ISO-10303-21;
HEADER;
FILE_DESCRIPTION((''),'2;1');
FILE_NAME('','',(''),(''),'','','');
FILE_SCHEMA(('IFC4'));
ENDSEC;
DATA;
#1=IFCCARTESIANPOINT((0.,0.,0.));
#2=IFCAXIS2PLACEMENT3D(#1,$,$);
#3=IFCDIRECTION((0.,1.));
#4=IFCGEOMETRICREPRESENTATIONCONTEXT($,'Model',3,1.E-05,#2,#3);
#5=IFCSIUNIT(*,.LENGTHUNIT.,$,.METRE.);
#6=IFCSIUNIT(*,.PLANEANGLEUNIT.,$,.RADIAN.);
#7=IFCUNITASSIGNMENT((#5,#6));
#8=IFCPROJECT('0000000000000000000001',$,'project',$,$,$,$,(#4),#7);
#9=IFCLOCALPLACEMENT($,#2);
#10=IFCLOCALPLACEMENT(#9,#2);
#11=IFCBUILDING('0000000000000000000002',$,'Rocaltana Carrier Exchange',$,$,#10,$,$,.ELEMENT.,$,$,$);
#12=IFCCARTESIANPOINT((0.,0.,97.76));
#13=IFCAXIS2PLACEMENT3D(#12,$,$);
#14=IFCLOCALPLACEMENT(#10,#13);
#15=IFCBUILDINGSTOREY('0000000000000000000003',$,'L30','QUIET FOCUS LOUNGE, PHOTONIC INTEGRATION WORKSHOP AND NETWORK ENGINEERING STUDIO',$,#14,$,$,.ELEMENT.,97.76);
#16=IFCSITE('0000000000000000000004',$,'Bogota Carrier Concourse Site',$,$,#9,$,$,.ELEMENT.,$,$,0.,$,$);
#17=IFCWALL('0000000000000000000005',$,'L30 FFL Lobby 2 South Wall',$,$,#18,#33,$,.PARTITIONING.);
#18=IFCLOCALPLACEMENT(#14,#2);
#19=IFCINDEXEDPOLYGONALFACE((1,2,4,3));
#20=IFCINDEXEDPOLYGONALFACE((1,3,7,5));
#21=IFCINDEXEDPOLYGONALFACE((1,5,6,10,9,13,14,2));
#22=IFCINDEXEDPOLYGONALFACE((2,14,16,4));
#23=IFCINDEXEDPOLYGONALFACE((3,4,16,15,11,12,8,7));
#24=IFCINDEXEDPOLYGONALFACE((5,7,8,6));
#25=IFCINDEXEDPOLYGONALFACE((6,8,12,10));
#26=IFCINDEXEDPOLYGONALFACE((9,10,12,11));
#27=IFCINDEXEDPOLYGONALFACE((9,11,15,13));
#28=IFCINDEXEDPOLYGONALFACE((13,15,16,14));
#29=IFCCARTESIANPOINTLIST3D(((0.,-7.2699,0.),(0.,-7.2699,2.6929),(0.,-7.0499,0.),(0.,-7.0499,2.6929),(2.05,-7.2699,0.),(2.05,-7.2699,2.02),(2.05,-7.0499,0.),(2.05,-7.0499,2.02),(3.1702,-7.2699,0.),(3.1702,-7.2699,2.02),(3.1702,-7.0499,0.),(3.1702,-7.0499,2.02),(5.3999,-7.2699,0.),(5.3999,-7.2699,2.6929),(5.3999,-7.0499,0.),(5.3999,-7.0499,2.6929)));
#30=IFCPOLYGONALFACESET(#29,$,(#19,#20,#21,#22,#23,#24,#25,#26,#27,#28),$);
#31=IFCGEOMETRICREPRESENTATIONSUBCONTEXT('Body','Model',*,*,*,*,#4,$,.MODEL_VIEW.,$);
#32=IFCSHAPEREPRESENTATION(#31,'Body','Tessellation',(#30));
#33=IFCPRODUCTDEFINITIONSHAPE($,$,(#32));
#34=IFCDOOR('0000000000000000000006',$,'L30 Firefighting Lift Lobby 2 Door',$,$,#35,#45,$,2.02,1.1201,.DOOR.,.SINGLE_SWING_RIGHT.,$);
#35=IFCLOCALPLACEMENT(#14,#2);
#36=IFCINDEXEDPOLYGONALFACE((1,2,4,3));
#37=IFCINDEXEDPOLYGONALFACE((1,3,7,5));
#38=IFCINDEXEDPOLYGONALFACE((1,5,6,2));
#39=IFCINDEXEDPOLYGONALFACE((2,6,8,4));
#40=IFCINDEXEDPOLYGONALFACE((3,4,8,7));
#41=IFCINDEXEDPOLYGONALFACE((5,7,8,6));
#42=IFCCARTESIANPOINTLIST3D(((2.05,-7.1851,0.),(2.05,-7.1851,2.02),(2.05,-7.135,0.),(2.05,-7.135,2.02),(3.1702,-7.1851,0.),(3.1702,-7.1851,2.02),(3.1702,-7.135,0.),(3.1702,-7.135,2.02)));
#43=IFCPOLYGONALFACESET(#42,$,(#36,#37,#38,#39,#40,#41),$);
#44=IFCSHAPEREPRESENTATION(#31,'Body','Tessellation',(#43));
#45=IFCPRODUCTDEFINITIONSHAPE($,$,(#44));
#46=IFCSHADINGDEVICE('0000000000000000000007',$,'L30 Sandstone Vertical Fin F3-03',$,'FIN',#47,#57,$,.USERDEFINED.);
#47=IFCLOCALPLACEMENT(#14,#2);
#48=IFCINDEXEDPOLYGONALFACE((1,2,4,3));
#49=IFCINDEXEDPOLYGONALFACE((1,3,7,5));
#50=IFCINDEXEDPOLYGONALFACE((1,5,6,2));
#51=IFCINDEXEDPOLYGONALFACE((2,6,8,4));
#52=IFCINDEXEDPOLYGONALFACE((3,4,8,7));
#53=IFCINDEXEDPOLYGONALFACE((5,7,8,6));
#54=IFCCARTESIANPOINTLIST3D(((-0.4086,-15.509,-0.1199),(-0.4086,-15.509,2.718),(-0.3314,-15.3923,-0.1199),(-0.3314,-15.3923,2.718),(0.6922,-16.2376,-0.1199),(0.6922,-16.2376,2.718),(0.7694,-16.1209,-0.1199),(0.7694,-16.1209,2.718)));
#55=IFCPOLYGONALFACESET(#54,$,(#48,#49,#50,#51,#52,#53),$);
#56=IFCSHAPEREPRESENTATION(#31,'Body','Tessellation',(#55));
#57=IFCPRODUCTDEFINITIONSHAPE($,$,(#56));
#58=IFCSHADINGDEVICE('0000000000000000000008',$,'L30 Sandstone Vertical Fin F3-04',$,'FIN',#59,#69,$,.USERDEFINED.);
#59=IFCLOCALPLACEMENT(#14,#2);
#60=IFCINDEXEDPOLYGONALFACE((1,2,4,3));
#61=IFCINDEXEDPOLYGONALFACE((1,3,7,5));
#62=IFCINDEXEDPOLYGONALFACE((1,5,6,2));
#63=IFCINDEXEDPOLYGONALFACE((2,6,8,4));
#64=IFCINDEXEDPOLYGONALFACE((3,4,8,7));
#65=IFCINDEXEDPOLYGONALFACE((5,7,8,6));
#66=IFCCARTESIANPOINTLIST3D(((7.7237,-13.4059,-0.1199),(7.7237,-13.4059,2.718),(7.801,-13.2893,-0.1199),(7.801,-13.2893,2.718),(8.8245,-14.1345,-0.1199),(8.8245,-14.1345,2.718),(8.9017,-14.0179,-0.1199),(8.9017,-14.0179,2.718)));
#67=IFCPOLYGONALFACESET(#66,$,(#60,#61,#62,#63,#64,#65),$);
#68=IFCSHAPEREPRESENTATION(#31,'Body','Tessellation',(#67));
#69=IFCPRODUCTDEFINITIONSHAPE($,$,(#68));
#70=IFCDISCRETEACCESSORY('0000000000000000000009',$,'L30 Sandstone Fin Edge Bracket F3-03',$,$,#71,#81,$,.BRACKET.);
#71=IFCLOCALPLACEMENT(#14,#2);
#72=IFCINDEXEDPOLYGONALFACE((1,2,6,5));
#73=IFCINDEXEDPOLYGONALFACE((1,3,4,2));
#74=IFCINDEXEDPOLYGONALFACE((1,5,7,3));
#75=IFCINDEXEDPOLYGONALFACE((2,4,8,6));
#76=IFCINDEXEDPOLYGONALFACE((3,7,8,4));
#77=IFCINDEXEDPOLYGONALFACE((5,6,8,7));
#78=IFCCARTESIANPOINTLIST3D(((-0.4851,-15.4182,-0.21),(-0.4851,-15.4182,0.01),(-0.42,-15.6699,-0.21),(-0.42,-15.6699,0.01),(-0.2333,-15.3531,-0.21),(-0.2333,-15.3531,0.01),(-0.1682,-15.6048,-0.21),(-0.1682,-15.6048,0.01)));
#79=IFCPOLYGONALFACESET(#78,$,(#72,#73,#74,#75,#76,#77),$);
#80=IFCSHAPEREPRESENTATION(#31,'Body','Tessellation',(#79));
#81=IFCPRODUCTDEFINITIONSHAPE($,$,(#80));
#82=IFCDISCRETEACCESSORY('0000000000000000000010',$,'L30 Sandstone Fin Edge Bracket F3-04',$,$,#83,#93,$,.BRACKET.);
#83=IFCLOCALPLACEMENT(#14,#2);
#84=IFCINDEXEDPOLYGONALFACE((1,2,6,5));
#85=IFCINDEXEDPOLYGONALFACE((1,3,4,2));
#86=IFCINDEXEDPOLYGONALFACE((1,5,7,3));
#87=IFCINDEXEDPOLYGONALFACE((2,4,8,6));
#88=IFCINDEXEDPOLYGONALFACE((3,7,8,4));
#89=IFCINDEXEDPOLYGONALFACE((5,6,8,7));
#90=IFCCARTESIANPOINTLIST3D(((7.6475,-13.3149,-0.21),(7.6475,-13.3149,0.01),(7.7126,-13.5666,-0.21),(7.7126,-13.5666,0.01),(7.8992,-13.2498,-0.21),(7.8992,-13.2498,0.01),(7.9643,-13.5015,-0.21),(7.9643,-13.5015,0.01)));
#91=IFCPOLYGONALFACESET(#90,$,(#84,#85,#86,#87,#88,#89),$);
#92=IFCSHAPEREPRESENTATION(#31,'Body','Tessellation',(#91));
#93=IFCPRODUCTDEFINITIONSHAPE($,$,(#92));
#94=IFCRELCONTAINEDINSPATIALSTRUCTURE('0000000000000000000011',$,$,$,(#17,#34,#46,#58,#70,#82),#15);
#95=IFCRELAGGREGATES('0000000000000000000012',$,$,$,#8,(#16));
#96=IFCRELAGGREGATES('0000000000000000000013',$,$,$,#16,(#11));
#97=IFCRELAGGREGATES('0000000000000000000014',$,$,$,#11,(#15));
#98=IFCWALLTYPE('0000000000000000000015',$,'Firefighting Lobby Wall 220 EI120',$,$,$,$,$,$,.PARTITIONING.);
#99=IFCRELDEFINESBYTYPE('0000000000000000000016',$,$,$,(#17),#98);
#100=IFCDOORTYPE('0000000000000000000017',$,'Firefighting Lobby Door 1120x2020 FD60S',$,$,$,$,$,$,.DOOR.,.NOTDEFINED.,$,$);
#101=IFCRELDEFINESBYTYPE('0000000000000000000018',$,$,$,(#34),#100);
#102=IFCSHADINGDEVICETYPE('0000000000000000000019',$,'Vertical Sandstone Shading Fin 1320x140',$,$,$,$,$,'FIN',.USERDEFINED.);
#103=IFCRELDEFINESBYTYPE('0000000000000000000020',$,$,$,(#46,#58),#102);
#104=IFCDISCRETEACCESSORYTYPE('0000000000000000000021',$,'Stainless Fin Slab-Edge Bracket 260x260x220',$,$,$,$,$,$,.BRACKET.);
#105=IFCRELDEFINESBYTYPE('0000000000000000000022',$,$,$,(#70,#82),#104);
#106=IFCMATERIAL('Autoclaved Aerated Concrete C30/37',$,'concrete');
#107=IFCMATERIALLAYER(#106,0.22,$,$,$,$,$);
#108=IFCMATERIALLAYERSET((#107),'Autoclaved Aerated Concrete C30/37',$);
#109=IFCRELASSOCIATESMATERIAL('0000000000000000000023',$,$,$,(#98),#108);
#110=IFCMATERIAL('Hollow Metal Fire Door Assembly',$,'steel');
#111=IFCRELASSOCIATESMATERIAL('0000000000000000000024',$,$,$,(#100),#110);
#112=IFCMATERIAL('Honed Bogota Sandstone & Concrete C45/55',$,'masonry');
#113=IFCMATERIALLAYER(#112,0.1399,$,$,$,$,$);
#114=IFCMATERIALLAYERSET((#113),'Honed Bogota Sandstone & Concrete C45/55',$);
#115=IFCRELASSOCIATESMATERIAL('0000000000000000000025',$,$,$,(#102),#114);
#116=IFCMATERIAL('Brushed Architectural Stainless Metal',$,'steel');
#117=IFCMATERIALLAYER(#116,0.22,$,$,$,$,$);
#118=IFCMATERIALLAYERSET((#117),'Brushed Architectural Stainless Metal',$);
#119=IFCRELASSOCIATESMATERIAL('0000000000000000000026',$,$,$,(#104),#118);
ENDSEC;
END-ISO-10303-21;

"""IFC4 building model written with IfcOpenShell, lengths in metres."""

from ifc_helpers import new_model, si_unit, direction, frame, frame_2d, origin, origin_2d, place, context, subcontext, project, spatial, rectangle, extrude, material, layer, layer_set, type_object, element, fill, save


model = new_model("IFC4")

# Units and contexts
model_context = context("Model", 3, precision=1e-05, world=origin(), true_north=direction((0.0, 1.0)))
body_context = subcontext(model_context, "Body", "Model", "MODEL_VIEW")
ifc_project = project(units=[si_unit("LENGTHUNIT", "METRE"), si_unit("PLANEANGLEUNIT", "RADIAN")], contexts=[model_context])

# Site, building, storey
site_placement = place(None, origin())
site = spatial("IfcSite", under=ifc_project, at=site_placement, Name="Bogota Carrier Concourse Site", CompositionType="ELEMENT", RefElevation=0.0)
building_placement = place(site_placement, origin())
building = spatial("IfcBuilding", under=site, at=building_placement, Name="Rocaltana Carrier Exchange", CompositionType="ELEMENT")
storey_placement = place(building_placement, frame((0.0, 0.0, 97.76)))
storey = spatial("IfcBuildingStorey", under=building, at=storey_placement, Name="L30", Description="QUIET FOCUS LOUNGE, PHOTONIC INTEGRATION WORKSHOP AND NETWORK ENGINEERING STUDIO", CompositionType="ELEMENT", Elevation=97.76)

# Shared definitions
ifc_material_1 = material(Name="Autoclaved Aerated Concrete C30/37", Category="concrete")
ifc_layer_1 = layer(ifc_material_1, 0.22)
ifc_layer_set_1 = layer_set([ifc_layer_1], Name="Autoclaved Aerated Concrete C30/37")
wall_type_1 = type_object("IfcWallType", Name="Firefighting Lobby Wall 220 EI120", PredefinedType="PARTITIONING", material=ifc_layer_set_1)

# Wall, opening, door
wall_1_placement = place(storey_placement, frame((0.0, -7.1599, 0.0), z_axis=(0.0, 0.0, 1.0), x_axis=(1.0, 0.0, 0.0)))
wall_1 = element("IfcWall", 1, at=wall_1_placement, inside=storey, type_object=wall_type_1, Name="L30 FFL Lobby 2 South Wall", PredefinedType="PARTITIONING", context=body_context, shape_type="SweptSolid", body=[
    extrude(rectangle(XDim=5.3999, YDim=0.22, at=frame_2d((2.7, 0.0))), origin(), (0.0, 0.0, 1.0), 2.6929),
])
opening_1_placement = place(wall_1_placement, frame((2.05, 0.0, 0.0)))
opening_1 = element("IfcOpeningElement", 2, at=opening_1_placement, cuts=wall_1, PredefinedType="OPENING", context=body_context, shape_type="SweptSolid", body=[
    extrude(rectangle(XDim=1.1201, YDim=2.02, at=frame_2d((0.5601, 1.01))), frame((0.0, 0.1199, 0.0), z_axis=(0.0, -1.0, 0.0), x_axis=(1.0, 0.0, 0.0)), (0.0, 0.0, 1.0), 0.24),
])
ifc_material_2 = material(Name="Hollow Metal Fire Door Assembly", Category="steel")
door_type_1 = type_object("IfcDoorType", Name="Firefighting Lobby Door 1120x2020 FD60S", OperationType="NOTDEFINED", PredefinedType="DOOR", material=ifc_material_2)
door_1_placement = place(opening_1_placement, origin())
door_1 = element("IfcDoor", 3, at=door_1_placement, inside=storey, type_object=door_type_1, Name="L30 Firefighting Lift Lobby 2 Door", OperationType="SINGLE_SWING_RIGHT", OverallHeight=2.02, OverallWidth=1.1201, PredefinedType="DOOR", context=body_context, shape_type="SweptSolid", body=[
    extrude(rectangle(XDim=1.1201, YDim=2.02, at=frame_2d((0.5601, 1.01))), frame((0.0, 0.0249, 0.0), z_axis=(0.0, -1.0, 0.0), x_axis=(1.0, 0.0, 0.0)), (0.0, 0.0, 1.0), 0.05),
])
fill(opening_1, door_1)

# Shading devices
ifc_material_3 = material(Name="Honed Bogota Sandstone & Concrete C45/55", Category="masonry")
ifc_layer_2 = layer(ifc_material_3, 0.1399)
ifc_layer_set_2 = layer_set([ifc_layer_2], Name="Honed Bogota Sandstone & Concrete C45/55")
shading_device_type = type_object("IfcShadingDeviceType", Name="Vertical Sandstone Shading Fin 1320x140", ElementType="FIN", PredefinedType="USERDEFINED", material=ifc_layer_set_2)
for number, where, z_axis, x_axis, name in (
    (4, (0.1804, -15.8149, -0.1199), (0.0, 0.0, 1.0), (0.833886, -0.551937, 0.0), "L30 Sandstone Vertical Fin F3-03"),
    (5, (8.3127, -13.7119, -0.1199), (0.0, 0.0, 1.0), (0.833886, -0.551937, 0.0), "L30 Sandstone Vertical Fin F3-04"),
):
    element("IfcShadingDevice", number, at=place(storey_placement, frame(where, z_axis=z_axis, x_axis=x_axis)), inside=storey, type_object=shading_device_type, Name=name, ObjectType="FIN", PredefinedType="USERDEFINED", context=body_context, shape_type="SweptSolid", body=[
        extrude(rectangle(XDim=1.3201, YDim=0.1399, at=origin_2d()), origin(), (0.0, 0.0, 1.0), 2.8379),
    ])

# Discrete accessories
ifc_material_4 = material(Name="Brushed Architectural Stainless Metal", Category="steel")
ifc_layer_3 = layer(ifc_material_4, 0.22)
ifc_layer_set_3 = layer_set([ifc_layer_3], Name="Brushed Architectural Stainless Metal")
discrete_accessory_type = type_object("IfcDiscreteAccessoryType", Name="Stainless Fin Slab-Edge Bracket 260x260x220", PredefinedType="BRACKET", material=ifc_layer_set_3)
for number, where, z_axis, x_axis, name in (
    (6, (-0.3267, -15.5115, -0.21), (0.0, 0.0, 1.0), (0.968148, 0.25038, 0.0), "L30 Sandstone Fin Edge Bracket F3-03"),
    (7, (7.8059, -13.4082, -0.21), (0.0, 0.0, 1.0), (0.968148, 0.25038, 0.0), "L30 Sandstone Fin Edge Bracket F3-04"),
):
    element("IfcDiscreteAccessory", number, at=place(storey_placement, frame(where, z_axis=z_axis, x_axis=x_axis)), inside=storey, type_object=discrete_accessory_type, Name=name, PredefinedType="BRACKET", context=body_context, shape_type="SweptSolid", body=[
        extrude(rectangle(XDim=0.26, YDim=0.26, at=origin_2d()), origin(), (0.0, 0.0, 1.0), 0.22),
    ])

save(model, "model.ifc")
